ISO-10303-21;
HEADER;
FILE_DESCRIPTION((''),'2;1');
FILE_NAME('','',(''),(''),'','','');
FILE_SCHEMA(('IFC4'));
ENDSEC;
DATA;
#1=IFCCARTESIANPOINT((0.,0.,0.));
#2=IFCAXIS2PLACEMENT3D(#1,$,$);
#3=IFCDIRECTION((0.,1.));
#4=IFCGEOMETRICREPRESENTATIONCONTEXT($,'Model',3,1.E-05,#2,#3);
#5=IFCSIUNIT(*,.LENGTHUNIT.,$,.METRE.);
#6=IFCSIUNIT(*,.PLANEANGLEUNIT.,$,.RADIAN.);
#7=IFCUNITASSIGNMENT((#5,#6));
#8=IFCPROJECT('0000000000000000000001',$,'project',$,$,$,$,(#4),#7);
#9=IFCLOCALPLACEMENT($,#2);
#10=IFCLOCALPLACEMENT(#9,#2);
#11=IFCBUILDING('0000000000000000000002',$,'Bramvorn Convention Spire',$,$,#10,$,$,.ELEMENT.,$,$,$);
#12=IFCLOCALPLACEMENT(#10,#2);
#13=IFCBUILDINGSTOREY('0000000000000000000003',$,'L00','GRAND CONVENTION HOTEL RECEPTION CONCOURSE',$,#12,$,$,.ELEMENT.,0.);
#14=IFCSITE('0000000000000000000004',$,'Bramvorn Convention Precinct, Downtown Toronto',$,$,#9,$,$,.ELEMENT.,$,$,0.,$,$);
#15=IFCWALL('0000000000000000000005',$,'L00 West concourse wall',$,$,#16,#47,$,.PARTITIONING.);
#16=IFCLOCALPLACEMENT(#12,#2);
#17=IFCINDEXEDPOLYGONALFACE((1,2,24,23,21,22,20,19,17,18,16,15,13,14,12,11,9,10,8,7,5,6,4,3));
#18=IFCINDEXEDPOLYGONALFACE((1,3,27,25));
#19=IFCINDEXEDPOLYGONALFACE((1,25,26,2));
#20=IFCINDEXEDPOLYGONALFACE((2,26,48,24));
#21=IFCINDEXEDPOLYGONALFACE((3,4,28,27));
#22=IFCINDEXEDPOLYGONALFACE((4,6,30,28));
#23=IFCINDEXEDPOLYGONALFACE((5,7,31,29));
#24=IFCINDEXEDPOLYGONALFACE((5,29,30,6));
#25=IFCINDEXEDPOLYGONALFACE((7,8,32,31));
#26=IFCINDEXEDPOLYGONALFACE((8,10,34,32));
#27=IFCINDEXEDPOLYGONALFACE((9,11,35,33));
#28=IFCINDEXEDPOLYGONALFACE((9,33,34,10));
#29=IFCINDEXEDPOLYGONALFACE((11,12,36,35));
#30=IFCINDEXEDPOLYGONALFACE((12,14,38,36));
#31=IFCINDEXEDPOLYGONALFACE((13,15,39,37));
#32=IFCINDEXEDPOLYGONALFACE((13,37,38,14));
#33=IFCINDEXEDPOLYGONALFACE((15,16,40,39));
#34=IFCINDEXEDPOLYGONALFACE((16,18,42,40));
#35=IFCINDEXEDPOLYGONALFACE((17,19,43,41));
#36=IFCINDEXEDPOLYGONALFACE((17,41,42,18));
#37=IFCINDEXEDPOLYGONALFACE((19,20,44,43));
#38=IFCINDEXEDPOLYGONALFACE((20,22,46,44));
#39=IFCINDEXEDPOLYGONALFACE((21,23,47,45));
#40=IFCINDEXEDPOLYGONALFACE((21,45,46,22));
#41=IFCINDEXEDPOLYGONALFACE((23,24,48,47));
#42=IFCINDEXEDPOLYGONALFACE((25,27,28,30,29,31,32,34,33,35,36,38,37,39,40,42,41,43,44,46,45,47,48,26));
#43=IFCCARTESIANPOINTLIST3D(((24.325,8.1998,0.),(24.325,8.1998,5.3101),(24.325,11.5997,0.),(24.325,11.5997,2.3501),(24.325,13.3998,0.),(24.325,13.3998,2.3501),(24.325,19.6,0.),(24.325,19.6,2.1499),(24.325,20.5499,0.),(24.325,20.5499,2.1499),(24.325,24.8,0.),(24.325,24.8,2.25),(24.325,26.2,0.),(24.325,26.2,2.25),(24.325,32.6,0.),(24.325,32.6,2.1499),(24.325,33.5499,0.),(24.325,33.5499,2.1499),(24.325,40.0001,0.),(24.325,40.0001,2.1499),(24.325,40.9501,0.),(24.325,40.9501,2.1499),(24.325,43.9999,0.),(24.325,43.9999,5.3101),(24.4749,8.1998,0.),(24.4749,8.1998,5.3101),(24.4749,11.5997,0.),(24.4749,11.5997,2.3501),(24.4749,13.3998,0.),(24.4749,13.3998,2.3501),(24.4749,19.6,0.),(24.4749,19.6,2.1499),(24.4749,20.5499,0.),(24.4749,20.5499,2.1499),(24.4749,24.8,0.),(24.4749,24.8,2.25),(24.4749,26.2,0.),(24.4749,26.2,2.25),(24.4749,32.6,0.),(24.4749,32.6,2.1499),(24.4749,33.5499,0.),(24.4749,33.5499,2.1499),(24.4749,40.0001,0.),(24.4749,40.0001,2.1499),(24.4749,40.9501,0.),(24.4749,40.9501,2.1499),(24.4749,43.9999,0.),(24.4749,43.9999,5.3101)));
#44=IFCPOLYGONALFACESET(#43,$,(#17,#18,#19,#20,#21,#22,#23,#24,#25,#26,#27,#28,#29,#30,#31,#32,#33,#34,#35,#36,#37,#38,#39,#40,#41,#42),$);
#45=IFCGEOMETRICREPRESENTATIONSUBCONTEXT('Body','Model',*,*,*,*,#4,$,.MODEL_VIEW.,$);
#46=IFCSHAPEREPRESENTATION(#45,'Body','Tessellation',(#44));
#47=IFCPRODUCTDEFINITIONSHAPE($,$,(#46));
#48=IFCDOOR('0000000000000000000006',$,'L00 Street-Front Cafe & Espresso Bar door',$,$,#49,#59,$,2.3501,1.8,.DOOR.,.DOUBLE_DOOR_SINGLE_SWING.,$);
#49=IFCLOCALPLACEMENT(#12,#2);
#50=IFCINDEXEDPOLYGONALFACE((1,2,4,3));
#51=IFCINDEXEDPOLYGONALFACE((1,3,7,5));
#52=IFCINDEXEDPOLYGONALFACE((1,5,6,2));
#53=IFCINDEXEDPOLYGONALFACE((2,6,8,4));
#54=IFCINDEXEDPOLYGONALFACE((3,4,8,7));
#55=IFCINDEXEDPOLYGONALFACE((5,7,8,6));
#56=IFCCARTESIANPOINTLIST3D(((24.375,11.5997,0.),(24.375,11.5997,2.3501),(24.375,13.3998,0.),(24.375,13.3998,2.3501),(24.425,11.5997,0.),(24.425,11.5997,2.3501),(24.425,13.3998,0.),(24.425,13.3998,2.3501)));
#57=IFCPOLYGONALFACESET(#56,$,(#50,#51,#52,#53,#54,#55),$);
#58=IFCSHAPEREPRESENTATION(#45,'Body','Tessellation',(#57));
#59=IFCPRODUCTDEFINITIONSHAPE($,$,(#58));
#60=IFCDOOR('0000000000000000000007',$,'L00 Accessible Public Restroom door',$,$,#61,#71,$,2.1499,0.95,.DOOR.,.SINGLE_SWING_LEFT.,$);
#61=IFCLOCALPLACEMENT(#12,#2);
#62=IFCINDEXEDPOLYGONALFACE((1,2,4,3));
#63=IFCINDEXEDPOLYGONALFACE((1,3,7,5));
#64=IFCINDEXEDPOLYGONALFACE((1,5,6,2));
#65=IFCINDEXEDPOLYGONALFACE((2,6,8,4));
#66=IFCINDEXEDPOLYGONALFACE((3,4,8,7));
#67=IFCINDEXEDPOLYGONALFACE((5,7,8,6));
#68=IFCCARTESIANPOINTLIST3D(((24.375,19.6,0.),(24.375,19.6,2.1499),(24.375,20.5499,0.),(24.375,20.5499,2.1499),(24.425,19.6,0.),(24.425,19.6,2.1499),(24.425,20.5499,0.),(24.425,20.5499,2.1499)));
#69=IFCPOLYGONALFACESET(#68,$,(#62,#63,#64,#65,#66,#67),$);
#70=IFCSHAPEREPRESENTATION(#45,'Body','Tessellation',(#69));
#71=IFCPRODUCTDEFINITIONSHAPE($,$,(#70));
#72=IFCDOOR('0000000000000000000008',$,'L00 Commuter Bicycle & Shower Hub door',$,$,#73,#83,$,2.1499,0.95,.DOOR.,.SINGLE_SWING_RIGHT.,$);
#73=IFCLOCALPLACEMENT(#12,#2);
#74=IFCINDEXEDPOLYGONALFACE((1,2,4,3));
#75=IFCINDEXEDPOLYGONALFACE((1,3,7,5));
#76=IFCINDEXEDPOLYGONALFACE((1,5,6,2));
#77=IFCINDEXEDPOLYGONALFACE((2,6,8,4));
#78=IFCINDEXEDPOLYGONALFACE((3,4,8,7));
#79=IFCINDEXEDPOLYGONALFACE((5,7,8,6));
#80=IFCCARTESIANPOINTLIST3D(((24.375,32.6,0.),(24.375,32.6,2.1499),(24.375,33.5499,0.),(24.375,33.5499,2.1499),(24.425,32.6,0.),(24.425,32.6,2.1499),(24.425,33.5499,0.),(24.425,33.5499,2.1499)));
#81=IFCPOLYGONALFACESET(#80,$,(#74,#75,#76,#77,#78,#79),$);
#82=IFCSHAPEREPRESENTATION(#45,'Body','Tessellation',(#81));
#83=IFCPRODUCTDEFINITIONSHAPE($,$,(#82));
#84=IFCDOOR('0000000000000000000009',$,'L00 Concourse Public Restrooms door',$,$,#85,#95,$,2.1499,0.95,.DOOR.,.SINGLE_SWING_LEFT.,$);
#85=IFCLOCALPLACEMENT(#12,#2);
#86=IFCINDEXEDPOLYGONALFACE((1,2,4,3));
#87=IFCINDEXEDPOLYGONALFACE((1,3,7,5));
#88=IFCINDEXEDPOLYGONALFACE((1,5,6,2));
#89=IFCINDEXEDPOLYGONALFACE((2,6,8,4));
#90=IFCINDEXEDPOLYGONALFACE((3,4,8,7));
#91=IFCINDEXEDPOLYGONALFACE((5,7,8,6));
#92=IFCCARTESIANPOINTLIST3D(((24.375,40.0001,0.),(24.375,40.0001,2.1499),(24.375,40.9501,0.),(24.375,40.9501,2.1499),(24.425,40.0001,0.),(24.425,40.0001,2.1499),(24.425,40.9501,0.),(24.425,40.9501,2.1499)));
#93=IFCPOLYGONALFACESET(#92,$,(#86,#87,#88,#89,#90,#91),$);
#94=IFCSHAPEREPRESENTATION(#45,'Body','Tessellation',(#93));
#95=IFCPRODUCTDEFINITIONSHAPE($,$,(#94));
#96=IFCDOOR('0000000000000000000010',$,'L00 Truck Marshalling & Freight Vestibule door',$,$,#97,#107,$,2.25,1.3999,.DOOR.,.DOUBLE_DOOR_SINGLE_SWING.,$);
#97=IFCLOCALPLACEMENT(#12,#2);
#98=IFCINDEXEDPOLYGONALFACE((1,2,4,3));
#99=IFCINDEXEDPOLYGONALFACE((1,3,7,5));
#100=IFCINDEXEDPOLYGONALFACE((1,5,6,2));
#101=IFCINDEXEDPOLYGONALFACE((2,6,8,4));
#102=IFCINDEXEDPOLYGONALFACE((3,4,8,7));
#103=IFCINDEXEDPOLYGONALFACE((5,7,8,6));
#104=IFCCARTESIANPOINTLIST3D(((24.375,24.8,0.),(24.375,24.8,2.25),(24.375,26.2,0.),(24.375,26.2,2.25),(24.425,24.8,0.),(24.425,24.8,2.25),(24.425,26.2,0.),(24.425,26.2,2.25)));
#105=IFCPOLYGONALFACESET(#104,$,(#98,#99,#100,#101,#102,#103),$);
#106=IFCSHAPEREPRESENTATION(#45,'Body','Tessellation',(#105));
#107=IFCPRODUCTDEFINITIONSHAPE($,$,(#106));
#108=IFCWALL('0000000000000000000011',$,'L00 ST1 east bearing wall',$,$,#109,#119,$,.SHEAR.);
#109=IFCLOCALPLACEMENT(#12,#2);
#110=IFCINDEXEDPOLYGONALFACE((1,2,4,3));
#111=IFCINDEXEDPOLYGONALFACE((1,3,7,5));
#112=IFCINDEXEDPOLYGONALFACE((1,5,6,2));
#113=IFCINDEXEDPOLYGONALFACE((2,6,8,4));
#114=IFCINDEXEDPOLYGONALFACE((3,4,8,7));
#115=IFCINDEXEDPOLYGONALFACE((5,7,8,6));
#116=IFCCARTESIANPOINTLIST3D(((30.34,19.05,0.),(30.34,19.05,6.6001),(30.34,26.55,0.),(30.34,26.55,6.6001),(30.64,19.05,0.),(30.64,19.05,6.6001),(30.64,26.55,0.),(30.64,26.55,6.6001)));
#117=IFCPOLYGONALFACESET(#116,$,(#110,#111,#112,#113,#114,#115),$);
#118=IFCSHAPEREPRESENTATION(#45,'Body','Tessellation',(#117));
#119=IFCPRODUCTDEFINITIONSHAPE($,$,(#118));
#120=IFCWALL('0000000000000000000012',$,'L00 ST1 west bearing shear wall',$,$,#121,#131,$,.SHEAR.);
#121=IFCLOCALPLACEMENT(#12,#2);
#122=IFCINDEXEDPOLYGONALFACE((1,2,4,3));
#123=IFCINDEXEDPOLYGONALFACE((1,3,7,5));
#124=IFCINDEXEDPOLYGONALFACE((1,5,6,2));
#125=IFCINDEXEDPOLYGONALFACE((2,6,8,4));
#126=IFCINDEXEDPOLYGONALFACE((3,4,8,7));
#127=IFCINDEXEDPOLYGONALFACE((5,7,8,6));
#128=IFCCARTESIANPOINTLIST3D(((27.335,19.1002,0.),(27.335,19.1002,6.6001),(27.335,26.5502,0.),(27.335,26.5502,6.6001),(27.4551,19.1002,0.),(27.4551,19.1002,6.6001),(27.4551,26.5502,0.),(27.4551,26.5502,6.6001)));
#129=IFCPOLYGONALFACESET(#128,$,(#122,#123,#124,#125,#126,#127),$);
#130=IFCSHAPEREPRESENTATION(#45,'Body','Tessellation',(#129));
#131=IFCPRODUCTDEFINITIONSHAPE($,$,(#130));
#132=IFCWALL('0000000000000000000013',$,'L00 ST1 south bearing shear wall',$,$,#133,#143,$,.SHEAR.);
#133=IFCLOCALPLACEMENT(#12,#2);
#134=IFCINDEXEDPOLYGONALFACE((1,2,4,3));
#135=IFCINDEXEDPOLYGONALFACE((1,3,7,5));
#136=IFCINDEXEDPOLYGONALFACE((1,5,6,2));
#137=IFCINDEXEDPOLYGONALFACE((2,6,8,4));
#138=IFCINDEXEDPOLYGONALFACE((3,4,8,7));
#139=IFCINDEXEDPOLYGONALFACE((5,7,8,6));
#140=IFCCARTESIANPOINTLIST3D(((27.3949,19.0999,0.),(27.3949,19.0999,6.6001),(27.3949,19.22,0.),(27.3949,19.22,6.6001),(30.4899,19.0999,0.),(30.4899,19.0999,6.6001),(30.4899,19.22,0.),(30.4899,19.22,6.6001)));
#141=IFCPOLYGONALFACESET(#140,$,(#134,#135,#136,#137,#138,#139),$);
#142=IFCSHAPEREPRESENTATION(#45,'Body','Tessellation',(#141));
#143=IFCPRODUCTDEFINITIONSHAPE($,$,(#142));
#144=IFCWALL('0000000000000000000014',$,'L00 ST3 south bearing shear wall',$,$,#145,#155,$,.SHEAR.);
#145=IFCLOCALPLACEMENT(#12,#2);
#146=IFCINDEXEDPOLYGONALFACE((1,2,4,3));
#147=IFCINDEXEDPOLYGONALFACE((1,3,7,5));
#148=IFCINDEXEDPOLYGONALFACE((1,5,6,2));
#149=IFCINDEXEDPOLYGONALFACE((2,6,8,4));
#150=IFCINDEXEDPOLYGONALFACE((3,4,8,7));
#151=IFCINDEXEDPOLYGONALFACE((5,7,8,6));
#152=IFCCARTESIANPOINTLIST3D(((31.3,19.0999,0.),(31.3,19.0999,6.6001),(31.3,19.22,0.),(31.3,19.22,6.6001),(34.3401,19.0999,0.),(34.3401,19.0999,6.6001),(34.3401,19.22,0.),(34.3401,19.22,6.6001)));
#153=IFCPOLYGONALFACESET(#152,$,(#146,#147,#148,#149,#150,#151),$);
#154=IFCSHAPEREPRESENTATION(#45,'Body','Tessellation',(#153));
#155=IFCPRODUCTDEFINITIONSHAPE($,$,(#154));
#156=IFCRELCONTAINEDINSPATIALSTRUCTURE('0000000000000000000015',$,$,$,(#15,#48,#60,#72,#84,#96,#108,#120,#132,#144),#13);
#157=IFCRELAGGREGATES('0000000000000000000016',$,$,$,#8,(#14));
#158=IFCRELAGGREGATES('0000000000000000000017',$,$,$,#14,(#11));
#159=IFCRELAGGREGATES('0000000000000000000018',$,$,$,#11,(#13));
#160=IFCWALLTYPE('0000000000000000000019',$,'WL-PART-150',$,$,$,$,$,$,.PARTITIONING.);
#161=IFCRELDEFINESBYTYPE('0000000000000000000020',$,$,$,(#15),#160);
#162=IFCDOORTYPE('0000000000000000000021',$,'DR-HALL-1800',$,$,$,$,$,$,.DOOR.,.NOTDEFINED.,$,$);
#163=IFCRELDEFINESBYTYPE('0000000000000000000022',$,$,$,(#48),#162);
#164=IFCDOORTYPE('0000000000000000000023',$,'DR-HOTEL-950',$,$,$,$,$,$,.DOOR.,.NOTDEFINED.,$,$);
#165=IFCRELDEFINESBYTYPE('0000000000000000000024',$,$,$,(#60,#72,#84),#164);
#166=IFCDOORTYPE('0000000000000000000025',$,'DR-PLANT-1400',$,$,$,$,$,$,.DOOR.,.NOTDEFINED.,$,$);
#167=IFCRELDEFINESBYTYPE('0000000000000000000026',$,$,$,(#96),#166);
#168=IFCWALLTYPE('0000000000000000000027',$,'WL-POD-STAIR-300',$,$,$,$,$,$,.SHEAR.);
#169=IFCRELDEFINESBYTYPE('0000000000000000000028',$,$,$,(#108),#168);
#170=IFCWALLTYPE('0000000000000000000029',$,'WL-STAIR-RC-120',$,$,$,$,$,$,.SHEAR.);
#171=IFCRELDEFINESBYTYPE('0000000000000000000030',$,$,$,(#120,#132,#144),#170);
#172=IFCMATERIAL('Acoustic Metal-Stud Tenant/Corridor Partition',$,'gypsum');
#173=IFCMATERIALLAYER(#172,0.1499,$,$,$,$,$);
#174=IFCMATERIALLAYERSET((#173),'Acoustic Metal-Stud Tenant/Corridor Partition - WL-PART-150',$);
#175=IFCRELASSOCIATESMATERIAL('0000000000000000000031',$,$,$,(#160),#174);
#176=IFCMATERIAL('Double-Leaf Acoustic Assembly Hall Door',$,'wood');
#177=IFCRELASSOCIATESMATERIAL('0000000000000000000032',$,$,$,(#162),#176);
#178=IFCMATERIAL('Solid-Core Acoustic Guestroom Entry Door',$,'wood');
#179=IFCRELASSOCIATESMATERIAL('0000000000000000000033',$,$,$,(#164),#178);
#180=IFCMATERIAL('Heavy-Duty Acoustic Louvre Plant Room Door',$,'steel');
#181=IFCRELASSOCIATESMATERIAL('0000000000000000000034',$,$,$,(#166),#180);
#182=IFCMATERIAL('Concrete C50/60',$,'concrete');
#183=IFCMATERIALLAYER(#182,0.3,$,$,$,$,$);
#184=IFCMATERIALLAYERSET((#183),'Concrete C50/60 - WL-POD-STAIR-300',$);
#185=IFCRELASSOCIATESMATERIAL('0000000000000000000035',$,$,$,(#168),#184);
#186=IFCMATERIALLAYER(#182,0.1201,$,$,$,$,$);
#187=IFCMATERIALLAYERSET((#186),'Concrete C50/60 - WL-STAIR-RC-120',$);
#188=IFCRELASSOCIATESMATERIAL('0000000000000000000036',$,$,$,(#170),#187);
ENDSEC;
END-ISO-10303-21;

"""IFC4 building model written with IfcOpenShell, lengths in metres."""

from ifc_helpers import new_model, si_unit, direction, frame, frame_2d, origin, place, context, subcontext, project, spatial, rectangle, extrude, material, layer, layer_set, type_object, element, fill, save


model = new_model("IFC4")

# Units and contexts
model_context = context("Model", 3, precision=1e-05, world=origin(), true_north=direction((0.0, 1.0)))
body_context = subcontext(model_context, "Body", "Model", "MODEL_VIEW")
ifc_project = project(units=[si_unit("LENGTHUNIT", "METRE"), si_unit("PLANEANGLEUNIT", "RADIAN")], contexts=[model_context])

# Site, building, storey
site_placement = place(None, origin())
site = spatial("IfcSite", under=ifc_project, at=site_placement, Name="Bramvorn Convention Precinct, Downtown Toronto", CompositionType="ELEMENT", RefElevation=0.0)
building_placement = place(site_placement, origin())
building = spatial("IfcBuilding", under=site, at=building_placement, Name="Bramvorn Convention Spire", CompositionType="ELEMENT")
storey_placement = place(building_placement, origin())
storey = spatial("IfcBuildingStorey", under=building, at=storey_placement, Name="L00", Description="GRAND CONVENTION HOTEL RECEPTION CONCOURSE", CompositionType="ELEMENT", Elevation=0.0)

# Wall, openings, doors
ifc_material_1 = material(Name="Acoustic Metal-Stud Tenant/Corridor Partition", Category="gypsum")
ifc_layer_1 = layer(ifc_material_1, 0.1499)
ifc_layer_set_1 = layer_set([ifc_layer_1], Name="Acoustic Metal-Stud Tenant/Corridor Partition - WL-PART-150")
wall_type_1 = type_object("IfcWallType", Name="WL-PART-150", PredefinedType="PARTITIONING", material=ifc_layer_set_1)
wall_1_placement = place(storey_placement, frame((24.3999, 8.2, 0.0), z_axis=(0.0, 0.0, 1.0), x_axis=(0.0, 1.0, 0.0)))
wall_1 = element("IfcWall", 1, at=wall_1_placement, inside=storey, type_object=wall_type_1, Name="L00 West concourse wall", PredefinedType="PARTITIONING", context=body_context, shape_type="SweptSolid", body=[
    extrude(rectangle(XDim=35.8, YDim=0.1499, at=frame_2d((17.8999, 0.0))), origin(), (0.0, 0.0, 1.0), 5.3101),
])
opening_1_placement = place(wall_1_placement, frame((3.3999, 0.0, 0.0)))
opening_1 = element("IfcOpeningElement", 2, at=opening_1_placement, cuts=wall_1, PredefinedType="OPENING", context=body_context, shape_type="SweptSolid", body=[
    extrude(rectangle(XDim=1.8, YDim=2.3501, at=frame_2d((0.8999, 1.175))), frame((0.0, 0.085, 0.0), z_axis=(0.0, -1.0, 0.0), x_axis=(1.0, 0.0, 0.0)), (0.0, 0.0, 1.0), 0.1699),
])
opening_2_placement = place(wall_1_placement, frame((11.3999, 0.0, 0.0)))
opening_2 = element("IfcOpeningElement", 3, at=opening_2_placement, cuts=wall_1, PredefinedType="OPENING", context=body_context, shape_type="SweptSolid", body=[
    extrude(rectangle(XDim=0.95, YDim=2.1499, at=frame_2d((0.4751, 1.075))), frame((0.0, 0.085, 0.0), z_axis=(0.0, -1.0, 0.0), x_axis=(1.0, 0.0, 0.0)), (0.0, 0.0, 1.0), 0.1699),
])
opening_3_placement = place(wall_1_placement, frame((16.6001, 0.0, 0.0)))
opening_3 = element("IfcOpeningElement", 4, at=opening_3_placement, cuts=wall_1, PredefinedType="OPENING", context=body_context, shape_type="SweptSolid", body=[
    extrude(rectangle(XDim=1.3999, YDim=2.25, at=frame_2d((0.7, 1.125))), frame((0.0, 0.085, 0.0), z_axis=(0.0, -1.0, 0.0), x_axis=(1.0, 0.0, 0.0)), (0.0, 0.0, 1.0), 0.1699),
])
opening_4_placement = place(wall_1_placement, frame((24.3999, 0.0, 0.0)))
opening_4 = element("IfcOpeningElement", 5, at=opening_4_placement, cuts=wall_1, PredefinedType="OPENING", context=body_context, shape_type="SweptSolid", body=[
    extrude(rectangle(XDim=0.95, YDim=2.1499, at=frame_2d((0.4751, 1.075))), frame((0.0, 0.085, 0.0), z_axis=(0.0, -1.0, 0.0), x_axis=(1.0, 0.0, 0.0)), (0.0, 0.0, 1.0), 0.1699),
])
opening_5_placement = place(wall_1_placement, frame((31.8, 0.0, 0.0)))
opening_5 = element("IfcOpeningElement", 6, at=opening_5_placement, cuts=wall_1, PredefinedType="OPENING", context=body_context, shape_type="SweptSolid", body=[
    extrude(rectangle(XDim=0.95, YDim=2.1499, at=frame_2d((0.4751, 1.075))), frame((0.0, 0.085, 0.0), z_axis=(0.0, -1.0, 0.0), x_axis=(1.0, 0.0, 0.0)), (0.0, 0.0, 1.0), 0.1699),
])
ifc_material_2 = material(Name="Double-Leaf Acoustic Assembly Hall Door", Category="wood")
door_type_1 = type_object("IfcDoorType", Name="DR-HALL-1800", OperationType="NOTDEFINED", PredefinedType="DOOR", material=ifc_material_2)
door_1_placement = place(opening_1_placement, origin())
door_1 = element("IfcDoor", 7, at=door_1_placement, inside=storey, type_object=door_type_1, Name="L00 Street-Front Cafe & Espresso Bar door", OperationType="DOUBLE_DOOR_SINGLE_SWING", OverallHeight=2.3501, OverallWidth=1.8, PredefinedType="DOOR", context=body_context, shape_type="SweptSolid", body=[
    extrude(rectangle(XDim=1.8, YDim=2.3501, at=frame_2d((0.8999, 1.175))), frame((0.0, 0.0249, 0.0), z_axis=(0.0, -1.0, 0.0), x_axis=(1.0, 0.0, 0.0)), (0.0, 0.0, 1.0), 0.05),
])
fill(opening_1, door_1)
ifc_material_3 = material(Name="Solid-Core Acoustic Guestroom Entry Door", Category="wood")
door_type_2 = type_object("IfcDoorType", Name="DR-HOTEL-950", OperationType="NOTDEFINED", PredefinedType="DOOR", material=ifc_material_3)
door_2_placement = place(opening_2_placement, origin())
door_2 = element("IfcDoor", 8, at=door_2_placement, inside=storey, type_object=door_type_2, Name="L00 Accessible Public Restroom door", OperationType="SINGLE_SWING_LEFT", OverallHeight=2.1499, OverallWidth=0.95, PredefinedType="DOOR", context=body_context, shape_type="SweptSolid", body=[
    extrude(rectangle(XDim=0.95, YDim=2.1499, at=frame_2d((0.4751, 1.075))), frame((0.0, 0.0249, 0.0), z_axis=(0.0, -1.0, 0.0), x_axis=(1.0, 0.0, 0.0)), (0.0, 0.0, 1.0), 0.05),
])
fill(opening_2, door_2)
door_3_placement = place(opening_4_placement, origin())
door_3 = element("IfcDoor", 9, at=door_3_placement, inside=storey, type_object=door_type_2, Name="L00 Commuter Bicycle & Shower Hub door", OperationType="SINGLE_SWING_RIGHT", OverallHeight=2.1499, OverallWidth=0.95, PredefinedType="DOOR", context=body_context, shape_type="SweptSolid", body=[
    extrude(rectangle(XDim=0.95, YDim=2.1499, at=frame_2d((0.4751, 1.075))), frame((0.0, 0.0249, 0.0), z_axis=(0.0, -1.0, 0.0), x_axis=(1.0, 0.0, 0.0)), (0.0, 0.0, 1.0), 0.05),
])
fill(opening_4, door_3)
door_4_placement = place(opening_5_placement, origin())
door_4 = element("IfcDoor", 10, at=door_4_placement, inside=storey, type_object=door_type_2, Name="L00 Concourse Public Restrooms door", OperationType="SINGLE_SWING_LEFT", OverallHeight=2.1499, OverallWidth=0.95, PredefinedType="DOOR", context=body_context, shape_type="SweptSolid", body=[
    extrude(rectangle(XDim=0.95, YDim=2.1499, at=frame_2d((0.4751, 1.075))), frame((0.0, 0.0249, 0.0), z_axis=(0.0, -1.0, 0.0), x_axis=(1.0, 0.0, 0.0)), (0.0, 0.0, 1.0), 0.05),
])
fill(opening_5, door_4)
ifc_material_4 = material(Name="Heavy-Duty Acoustic Louvre Plant Room Door", Category="steel")
door_type_3 = type_object("IfcDoorType", Name="DR-PLANT-1400", OperationType="NOTDEFINED", PredefinedType="DOOR", material=ifc_material_4)
door_5_placement = place(opening_3_placement, origin())
door_5 = element("IfcDoor", 11, at=door_5_placement, inside=storey, type_object=door_type_3, Name="L00 Truck Marshalling & Freight Vestibule door", OperationType="DOUBLE_DOOR_SINGLE_SWING", OverallHeight=2.25, OverallWidth=1.3999, PredefinedType="DOOR", context=body_context, shape_type="SweptSolid", body=[
    extrude(rectangle(XDim=1.3999, YDim=2.25, at=frame_2d((0.7, 1.125))), frame((0.0, 0.0249, 0.0), z_axis=(0.0, -1.0, 0.0), x_axis=(1.0, 0.0, 0.0)), (0.0, 0.0, 1.0), 0.05),
])
fill(opening_3, door_5)

# Walls
ifc_material_5 = material(Name="Concrete C50/60", Category="concrete")
ifc_layer_2 = layer(ifc_material_5, 0.3)
ifc_layer_set_2 = layer_set([ifc_layer_2], Name="Concrete C50/60 - WL-POD-STAIR-300")
wall_type_2 = type_object("IfcWallType", Name="WL-POD-STAIR-300", PredefinedType="SHEAR", material=ifc_layer_set_2)
wall_2_placement = place(storey_placement, frame((30.49, 19.05, 0.0), z_axis=(0.0, 0.0, 1.0), x_axis=(0.0, 1.0, 0.0)))
element("IfcWall", 12, at=wall_2_placement, inside=storey, type_object=wall_type_2, Name="L00 ST1 east bearing wall", PredefinedType="SHEAR", context=body_context, shape_type="SweptSolid", body=[
    extrude(rectangle(XDim=7.5, YDim=0.3, at=frame_2d((3.75, 0.0))), origin(), (0.0, 0.0, 1.0), 6.6001),
])
ifc_layer_3 = layer(ifc_material_5, 0.1201)
ifc_layer_set_3 = layer_set([ifc_layer_3], Name="Concrete C50/60 - WL-STAIR-RC-120")
wall_type_3 = type_object("IfcWallType", Name="WL-STAIR-RC-120", PredefinedType="SHEAR", material=ifc_layer_set_3)
wall_3_placement = place(storey_placement, frame((27.395, 19.1001, 0.0), z_axis=(0.0, 0.0, 1.0), x_axis=(0.0, 1.0, 0.0)))
element("IfcWall", 13, at=wall_3_placement, inside=storey, type_object=wall_type_3, Name="L00 ST1 west bearing shear wall", PredefinedType="SHEAR", context=body_context, shape_type="SweptSolid", body=[
    extrude(rectangle(XDim=7.45, YDim=0.1201, at=frame_2d((3.7251, 0.0))), origin(), (0.0, 0.0, 1.0), 6.6001),
])
wall_4_placement = place(storey_placement, frame((27.395, 19.1599, 0.0), z_axis=(0.0, 0.0, 1.0), x_axis=(1.0, 0.0, 0.0)))
element("IfcWall", 14, at=wall_4_placement, inside=storey, type_object=wall_type_3, Name="L00 ST1 south bearing shear wall", PredefinedType="SHEAR", context=body_context, shape_type="SweptSolid", body=[
    extrude(rectangle(XDim=3.095, YDim=0.1201, at=frame_2d((1.5474, 0.0))), origin(), (0.0, 0.0, 1.0), 6.6001),
])
wall_5_placement = place(storey_placement, frame((31.3, 19.1599, 0.0), z_axis=(0.0, 0.0, 1.0), x_axis=(1.0, 0.0, 0.0)))
element("IfcWall", 15, at=wall_5_placement, inside=storey, type_object=wall_type_3, Name="L00 ST3 south bearing shear wall", PredefinedType="SHEAR", context=body_context, shape_type="SweptSolid", body=[
    extrude(rectangle(XDim=3.04, YDim=0.1201, at=frame_2d((1.52, 0.0))), origin(), (0.0, 0.0, 1.0), 6.6001),
])

save(model, "model.ifc")
